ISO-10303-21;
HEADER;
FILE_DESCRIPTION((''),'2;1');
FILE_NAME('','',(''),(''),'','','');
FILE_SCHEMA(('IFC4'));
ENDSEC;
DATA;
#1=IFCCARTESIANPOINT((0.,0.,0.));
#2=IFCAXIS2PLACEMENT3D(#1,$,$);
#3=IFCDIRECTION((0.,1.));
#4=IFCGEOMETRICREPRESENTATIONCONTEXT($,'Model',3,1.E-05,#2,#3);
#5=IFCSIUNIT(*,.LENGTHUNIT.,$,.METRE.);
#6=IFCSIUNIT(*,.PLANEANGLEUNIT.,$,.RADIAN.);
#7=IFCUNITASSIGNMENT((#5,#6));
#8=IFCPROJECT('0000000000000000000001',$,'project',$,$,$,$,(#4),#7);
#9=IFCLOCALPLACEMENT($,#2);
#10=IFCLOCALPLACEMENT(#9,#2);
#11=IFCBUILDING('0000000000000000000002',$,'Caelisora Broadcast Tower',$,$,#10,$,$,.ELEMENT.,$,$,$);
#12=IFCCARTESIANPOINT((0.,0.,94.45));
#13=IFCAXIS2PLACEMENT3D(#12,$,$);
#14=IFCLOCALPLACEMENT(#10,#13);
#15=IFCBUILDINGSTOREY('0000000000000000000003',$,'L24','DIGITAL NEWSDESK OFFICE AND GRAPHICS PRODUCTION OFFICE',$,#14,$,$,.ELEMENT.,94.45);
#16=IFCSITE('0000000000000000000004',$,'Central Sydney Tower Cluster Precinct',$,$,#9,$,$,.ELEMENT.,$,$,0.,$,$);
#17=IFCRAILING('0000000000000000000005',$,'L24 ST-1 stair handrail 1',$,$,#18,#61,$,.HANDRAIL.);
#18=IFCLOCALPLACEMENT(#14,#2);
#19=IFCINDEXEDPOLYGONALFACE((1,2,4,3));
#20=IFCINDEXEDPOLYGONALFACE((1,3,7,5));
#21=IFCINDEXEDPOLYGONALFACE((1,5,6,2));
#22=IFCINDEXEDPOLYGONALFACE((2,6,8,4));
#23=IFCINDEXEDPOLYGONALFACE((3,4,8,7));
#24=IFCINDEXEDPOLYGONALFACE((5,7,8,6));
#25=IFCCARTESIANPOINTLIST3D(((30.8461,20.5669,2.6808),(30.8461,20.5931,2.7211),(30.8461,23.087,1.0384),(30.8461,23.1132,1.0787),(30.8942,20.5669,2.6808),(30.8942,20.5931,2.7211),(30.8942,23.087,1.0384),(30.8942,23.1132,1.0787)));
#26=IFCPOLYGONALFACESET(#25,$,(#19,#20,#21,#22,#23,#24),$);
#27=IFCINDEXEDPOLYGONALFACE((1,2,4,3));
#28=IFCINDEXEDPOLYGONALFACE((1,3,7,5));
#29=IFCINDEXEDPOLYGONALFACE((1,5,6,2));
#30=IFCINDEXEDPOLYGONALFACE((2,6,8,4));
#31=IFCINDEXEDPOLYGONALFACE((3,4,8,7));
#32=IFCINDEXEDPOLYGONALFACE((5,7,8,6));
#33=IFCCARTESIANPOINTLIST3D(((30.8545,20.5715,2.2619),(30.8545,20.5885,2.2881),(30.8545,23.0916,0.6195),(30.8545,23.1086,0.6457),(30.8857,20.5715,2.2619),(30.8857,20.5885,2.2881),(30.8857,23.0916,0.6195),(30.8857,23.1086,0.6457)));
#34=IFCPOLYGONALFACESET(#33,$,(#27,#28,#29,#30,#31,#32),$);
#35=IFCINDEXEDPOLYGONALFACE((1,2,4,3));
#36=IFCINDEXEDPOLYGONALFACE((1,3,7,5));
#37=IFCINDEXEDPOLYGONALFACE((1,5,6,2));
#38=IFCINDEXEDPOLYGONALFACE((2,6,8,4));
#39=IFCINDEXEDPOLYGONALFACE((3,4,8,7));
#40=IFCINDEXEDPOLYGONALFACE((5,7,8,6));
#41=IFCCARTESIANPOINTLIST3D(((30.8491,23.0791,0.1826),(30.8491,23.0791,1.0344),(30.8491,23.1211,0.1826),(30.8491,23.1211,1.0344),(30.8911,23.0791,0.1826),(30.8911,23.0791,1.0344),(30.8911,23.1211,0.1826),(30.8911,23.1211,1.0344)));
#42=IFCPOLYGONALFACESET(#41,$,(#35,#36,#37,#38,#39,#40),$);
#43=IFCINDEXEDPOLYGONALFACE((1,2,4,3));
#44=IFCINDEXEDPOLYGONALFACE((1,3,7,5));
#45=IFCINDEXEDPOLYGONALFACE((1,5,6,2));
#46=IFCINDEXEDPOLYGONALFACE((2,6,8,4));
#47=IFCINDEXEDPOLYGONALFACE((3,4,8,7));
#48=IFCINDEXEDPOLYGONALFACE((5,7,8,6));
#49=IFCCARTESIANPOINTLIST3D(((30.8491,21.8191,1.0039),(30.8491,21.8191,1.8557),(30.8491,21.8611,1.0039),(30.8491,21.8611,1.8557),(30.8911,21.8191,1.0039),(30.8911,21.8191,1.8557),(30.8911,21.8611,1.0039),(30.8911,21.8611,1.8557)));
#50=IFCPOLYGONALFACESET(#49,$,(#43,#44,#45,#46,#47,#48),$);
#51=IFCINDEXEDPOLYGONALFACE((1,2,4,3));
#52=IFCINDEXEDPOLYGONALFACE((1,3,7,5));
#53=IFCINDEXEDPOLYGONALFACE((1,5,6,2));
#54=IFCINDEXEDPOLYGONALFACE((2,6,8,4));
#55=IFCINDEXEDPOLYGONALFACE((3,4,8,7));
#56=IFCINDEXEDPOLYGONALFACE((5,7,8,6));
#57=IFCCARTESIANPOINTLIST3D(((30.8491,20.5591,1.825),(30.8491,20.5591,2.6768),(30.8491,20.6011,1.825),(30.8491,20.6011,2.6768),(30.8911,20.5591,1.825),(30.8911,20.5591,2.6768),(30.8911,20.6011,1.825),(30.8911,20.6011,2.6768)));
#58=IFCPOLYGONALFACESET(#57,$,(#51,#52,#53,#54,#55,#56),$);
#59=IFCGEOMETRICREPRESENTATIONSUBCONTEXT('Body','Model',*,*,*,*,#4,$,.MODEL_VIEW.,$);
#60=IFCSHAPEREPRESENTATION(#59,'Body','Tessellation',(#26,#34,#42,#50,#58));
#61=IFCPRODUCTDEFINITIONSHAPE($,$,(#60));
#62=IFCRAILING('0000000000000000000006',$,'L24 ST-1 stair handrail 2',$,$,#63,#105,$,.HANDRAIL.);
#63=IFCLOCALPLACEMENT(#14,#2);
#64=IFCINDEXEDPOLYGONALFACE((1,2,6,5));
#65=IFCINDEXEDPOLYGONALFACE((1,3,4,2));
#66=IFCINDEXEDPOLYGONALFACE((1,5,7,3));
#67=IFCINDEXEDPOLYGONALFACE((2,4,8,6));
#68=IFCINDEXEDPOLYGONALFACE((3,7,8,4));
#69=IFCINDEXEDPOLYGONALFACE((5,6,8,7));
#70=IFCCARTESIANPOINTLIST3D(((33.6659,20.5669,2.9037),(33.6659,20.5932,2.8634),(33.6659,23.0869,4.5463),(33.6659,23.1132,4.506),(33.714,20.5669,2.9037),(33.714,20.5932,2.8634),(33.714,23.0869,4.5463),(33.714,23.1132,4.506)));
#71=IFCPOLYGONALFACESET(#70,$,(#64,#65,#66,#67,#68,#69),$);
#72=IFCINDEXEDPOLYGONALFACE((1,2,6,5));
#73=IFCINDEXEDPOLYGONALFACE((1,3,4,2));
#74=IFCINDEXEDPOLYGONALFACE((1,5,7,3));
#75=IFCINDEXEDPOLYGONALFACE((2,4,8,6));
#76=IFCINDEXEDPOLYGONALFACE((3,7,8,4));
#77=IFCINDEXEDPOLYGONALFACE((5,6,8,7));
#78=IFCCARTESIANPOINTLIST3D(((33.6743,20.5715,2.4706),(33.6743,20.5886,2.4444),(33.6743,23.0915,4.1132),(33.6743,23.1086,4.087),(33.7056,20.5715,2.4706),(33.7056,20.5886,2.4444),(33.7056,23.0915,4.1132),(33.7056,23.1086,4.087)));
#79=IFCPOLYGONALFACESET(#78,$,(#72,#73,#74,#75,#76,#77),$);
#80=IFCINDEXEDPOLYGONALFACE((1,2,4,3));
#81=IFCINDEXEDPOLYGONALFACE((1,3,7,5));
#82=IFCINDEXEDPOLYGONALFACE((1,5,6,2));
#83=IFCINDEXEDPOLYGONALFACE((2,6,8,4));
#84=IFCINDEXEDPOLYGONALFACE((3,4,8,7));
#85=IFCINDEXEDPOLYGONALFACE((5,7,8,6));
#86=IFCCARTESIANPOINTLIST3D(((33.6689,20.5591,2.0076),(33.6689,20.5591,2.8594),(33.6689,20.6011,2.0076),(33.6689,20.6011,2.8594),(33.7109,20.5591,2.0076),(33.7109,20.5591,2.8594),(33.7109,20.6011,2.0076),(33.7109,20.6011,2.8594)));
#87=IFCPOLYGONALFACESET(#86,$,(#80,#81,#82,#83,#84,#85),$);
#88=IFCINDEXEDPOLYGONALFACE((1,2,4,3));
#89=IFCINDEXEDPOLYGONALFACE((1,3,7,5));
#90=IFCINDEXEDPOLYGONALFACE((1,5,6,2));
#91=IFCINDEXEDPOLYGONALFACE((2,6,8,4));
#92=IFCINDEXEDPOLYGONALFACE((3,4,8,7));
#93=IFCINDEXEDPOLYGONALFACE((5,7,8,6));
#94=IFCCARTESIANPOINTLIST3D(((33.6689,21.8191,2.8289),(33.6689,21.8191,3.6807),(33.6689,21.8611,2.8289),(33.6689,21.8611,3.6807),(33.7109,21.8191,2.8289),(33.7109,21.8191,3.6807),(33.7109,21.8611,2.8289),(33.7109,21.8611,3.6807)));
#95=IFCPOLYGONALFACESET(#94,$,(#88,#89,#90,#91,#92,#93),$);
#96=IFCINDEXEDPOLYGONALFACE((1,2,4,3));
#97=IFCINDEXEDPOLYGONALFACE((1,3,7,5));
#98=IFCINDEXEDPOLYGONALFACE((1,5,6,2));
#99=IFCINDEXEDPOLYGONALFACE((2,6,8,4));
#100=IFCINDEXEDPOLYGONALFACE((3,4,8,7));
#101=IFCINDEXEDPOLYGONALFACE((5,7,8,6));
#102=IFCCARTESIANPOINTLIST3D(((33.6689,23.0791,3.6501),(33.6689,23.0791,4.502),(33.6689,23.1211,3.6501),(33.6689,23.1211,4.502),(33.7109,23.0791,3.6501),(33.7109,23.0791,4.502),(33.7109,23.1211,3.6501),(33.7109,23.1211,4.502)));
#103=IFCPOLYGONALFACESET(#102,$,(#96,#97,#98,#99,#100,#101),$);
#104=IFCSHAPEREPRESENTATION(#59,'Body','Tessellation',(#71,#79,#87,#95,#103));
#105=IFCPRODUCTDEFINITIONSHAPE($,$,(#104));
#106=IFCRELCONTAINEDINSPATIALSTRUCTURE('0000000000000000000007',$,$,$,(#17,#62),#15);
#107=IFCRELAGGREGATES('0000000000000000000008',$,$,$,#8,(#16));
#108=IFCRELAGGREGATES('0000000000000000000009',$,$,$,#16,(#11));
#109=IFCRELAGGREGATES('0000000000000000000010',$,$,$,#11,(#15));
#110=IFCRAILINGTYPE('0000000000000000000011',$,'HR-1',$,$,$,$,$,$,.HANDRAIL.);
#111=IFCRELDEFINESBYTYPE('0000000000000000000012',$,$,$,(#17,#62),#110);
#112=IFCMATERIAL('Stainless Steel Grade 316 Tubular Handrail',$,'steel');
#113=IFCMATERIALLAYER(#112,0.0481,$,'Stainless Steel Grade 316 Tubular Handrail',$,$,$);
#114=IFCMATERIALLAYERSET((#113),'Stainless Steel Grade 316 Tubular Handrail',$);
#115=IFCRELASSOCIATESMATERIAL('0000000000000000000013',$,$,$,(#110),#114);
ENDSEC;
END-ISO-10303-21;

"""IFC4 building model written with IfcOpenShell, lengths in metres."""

from ifc_helpers import new_model, si_unit, direction, frame, origin, origin_2d, place, context, subcontext, project, spatial, rectangle, extrude, material, layer, layer_set, type_object, element, save


model = new_model("IFC4")

# Units and contexts
model_context = context("Model", 3, precision=1e-05, world=origin(), true_north=direction((0.0, 1.0)))
body_context = subcontext(model_context, "Body", "Model", "MODEL_VIEW")
ifc_project = project(units=[si_unit("LENGTHUNIT", "METRE"), si_unit("PLANEANGLEUNIT", "RADIAN")], contexts=[model_context])

# Site, building, storey
site_placement = place(None, origin())
site = spatial("IfcSite", under=ifc_project, at=site_placement, Name="Central Sydney Tower Cluster Precinct", CompositionType="ELEMENT", RefElevation=0.0)
building_placement = place(site_placement, origin())
building = spatial("IfcBuilding", under=site, at=building_placement, Name="Caelisora Broadcast Tower", CompositionType="ELEMENT")
storey_placement = place(building_placement, frame((0.0, 0.0, 94.45)))
storey = spatial("IfcBuildingStorey", under=building, at=storey_placement, Name="L24", Description="DIGITAL NEWSDESK OFFICE AND GRAPHICS PRODUCTION OFFICE", CompositionType="ELEMENT", Elevation=94.45)

# Railings
ifc_material_1 = material(Name="Stainless Steel Grade 316 Tubular Handrail", Category="steel")
ifc_layer_1 = layer(ifc_material_1, 0.0481, Name="Stainless Steel Grade 316 Tubular Handrail")
ifc_layer_set_1 = layer_set([ifc_layer_1], Name="Stainless Steel Grade 316 Tubular Handrail")
railing_type_1 = type_object("IfcRailingType", Name="HR-1", PredefinedType="HANDRAIL", material=ifc_layer_set_1)
railing_1_placement = place(storey_placement, frame((30.8701, 23.1001, 0.1826)))
element("IfcRailing", 1, at=railing_1_placement, inside=storey, type_object=railing_type_1, Name="L24 ST-1 stair handrail 1", PredefinedType="HANDRAIL", context=body_context, shape_type="SweptSolid", body=[
    extrude(rectangle(XDim=0.0481, YDim=0.0481, at=origin_2d()), frame((0.0, 0.0, 0.876), z_axis=(0.0, -0.837787, 0.545998), x_axis=(1.0, 0.0, 0.0)), (0.0, 0.0, 1.0), 3.0081),
    extrude(rectangle(XDim=0.0312, YDim=0.0312, at=origin_2d()), frame((0.0, 0.0, 0.45), z_axis=(0.0, -0.837787, 0.545998), x_axis=(1.0, 0.0, 0.0)), (0.0, 0.0, 1.0), 3.0081),
    extrude(rectangle(XDim=0.042, YDim=0.042, at=origin_2d()), origin(), (0.0, 0.0, 1.0), 0.8518),
    extrude(rectangle(XDim=0.042, YDim=0.042, at=origin_2d()), frame((0.0, -1.26, 0.8213)), (0.0, 0.0, 1.0), 0.8518),
    extrude(rectangle(XDim=0.042, YDim=0.042, at=origin_2d()), frame((0.0, -2.52, 1.6423)), (0.0, 0.0, 1.0), 0.8518),
])
railing_2_placement = place(storey_placement, frame((33.6899, 20.5801, 2.0076)))
element("IfcRailing", 2, at=railing_2_placement, inside=storey, type_object=railing_type_1, Name="L24 ST-1 stair handrail 2", PredefinedType="HANDRAIL", context=body_context, shape_type="SweptSolid", body=[
    extrude(rectangle(XDim=0.0481, YDim=0.0481, at=origin_2d()), frame((0.0, 0.0, 0.876), z_axis=(0.0, 0.837749, 0.546055), x_axis=(-1.0, 0.0, 0.0)), (0.0, 0.0, 1.0), 3.0081),
    extrude(rectangle(XDim=0.0312, YDim=0.0312, at=origin_2d()), frame((0.0, 0.0, 0.45), z_axis=(0.0, 0.837749, 0.546055), x_axis=(-1.0, 0.0, 0.0)), (0.0, 0.0, 1.0), 3.0081),
    extrude(rectangle(XDim=0.042, YDim=0.042, at=origin_2d()), origin(), (0.0, 0.0, 1.0), 0.8518),
    extrude(rectangle(XDim=0.042, YDim=0.042, at=origin_2d()), frame((0.0, 1.26, 0.8213)), (0.0, 0.0, 1.0), 0.8518),
    extrude(rectangle(XDim=0.042, YDim=0.042, at=origin_2d()), frame((0.0, 2.52, 1.6426)), (0.0, 0.0, 1.0), 0.8518),
])

save(model, "model.ifc")
